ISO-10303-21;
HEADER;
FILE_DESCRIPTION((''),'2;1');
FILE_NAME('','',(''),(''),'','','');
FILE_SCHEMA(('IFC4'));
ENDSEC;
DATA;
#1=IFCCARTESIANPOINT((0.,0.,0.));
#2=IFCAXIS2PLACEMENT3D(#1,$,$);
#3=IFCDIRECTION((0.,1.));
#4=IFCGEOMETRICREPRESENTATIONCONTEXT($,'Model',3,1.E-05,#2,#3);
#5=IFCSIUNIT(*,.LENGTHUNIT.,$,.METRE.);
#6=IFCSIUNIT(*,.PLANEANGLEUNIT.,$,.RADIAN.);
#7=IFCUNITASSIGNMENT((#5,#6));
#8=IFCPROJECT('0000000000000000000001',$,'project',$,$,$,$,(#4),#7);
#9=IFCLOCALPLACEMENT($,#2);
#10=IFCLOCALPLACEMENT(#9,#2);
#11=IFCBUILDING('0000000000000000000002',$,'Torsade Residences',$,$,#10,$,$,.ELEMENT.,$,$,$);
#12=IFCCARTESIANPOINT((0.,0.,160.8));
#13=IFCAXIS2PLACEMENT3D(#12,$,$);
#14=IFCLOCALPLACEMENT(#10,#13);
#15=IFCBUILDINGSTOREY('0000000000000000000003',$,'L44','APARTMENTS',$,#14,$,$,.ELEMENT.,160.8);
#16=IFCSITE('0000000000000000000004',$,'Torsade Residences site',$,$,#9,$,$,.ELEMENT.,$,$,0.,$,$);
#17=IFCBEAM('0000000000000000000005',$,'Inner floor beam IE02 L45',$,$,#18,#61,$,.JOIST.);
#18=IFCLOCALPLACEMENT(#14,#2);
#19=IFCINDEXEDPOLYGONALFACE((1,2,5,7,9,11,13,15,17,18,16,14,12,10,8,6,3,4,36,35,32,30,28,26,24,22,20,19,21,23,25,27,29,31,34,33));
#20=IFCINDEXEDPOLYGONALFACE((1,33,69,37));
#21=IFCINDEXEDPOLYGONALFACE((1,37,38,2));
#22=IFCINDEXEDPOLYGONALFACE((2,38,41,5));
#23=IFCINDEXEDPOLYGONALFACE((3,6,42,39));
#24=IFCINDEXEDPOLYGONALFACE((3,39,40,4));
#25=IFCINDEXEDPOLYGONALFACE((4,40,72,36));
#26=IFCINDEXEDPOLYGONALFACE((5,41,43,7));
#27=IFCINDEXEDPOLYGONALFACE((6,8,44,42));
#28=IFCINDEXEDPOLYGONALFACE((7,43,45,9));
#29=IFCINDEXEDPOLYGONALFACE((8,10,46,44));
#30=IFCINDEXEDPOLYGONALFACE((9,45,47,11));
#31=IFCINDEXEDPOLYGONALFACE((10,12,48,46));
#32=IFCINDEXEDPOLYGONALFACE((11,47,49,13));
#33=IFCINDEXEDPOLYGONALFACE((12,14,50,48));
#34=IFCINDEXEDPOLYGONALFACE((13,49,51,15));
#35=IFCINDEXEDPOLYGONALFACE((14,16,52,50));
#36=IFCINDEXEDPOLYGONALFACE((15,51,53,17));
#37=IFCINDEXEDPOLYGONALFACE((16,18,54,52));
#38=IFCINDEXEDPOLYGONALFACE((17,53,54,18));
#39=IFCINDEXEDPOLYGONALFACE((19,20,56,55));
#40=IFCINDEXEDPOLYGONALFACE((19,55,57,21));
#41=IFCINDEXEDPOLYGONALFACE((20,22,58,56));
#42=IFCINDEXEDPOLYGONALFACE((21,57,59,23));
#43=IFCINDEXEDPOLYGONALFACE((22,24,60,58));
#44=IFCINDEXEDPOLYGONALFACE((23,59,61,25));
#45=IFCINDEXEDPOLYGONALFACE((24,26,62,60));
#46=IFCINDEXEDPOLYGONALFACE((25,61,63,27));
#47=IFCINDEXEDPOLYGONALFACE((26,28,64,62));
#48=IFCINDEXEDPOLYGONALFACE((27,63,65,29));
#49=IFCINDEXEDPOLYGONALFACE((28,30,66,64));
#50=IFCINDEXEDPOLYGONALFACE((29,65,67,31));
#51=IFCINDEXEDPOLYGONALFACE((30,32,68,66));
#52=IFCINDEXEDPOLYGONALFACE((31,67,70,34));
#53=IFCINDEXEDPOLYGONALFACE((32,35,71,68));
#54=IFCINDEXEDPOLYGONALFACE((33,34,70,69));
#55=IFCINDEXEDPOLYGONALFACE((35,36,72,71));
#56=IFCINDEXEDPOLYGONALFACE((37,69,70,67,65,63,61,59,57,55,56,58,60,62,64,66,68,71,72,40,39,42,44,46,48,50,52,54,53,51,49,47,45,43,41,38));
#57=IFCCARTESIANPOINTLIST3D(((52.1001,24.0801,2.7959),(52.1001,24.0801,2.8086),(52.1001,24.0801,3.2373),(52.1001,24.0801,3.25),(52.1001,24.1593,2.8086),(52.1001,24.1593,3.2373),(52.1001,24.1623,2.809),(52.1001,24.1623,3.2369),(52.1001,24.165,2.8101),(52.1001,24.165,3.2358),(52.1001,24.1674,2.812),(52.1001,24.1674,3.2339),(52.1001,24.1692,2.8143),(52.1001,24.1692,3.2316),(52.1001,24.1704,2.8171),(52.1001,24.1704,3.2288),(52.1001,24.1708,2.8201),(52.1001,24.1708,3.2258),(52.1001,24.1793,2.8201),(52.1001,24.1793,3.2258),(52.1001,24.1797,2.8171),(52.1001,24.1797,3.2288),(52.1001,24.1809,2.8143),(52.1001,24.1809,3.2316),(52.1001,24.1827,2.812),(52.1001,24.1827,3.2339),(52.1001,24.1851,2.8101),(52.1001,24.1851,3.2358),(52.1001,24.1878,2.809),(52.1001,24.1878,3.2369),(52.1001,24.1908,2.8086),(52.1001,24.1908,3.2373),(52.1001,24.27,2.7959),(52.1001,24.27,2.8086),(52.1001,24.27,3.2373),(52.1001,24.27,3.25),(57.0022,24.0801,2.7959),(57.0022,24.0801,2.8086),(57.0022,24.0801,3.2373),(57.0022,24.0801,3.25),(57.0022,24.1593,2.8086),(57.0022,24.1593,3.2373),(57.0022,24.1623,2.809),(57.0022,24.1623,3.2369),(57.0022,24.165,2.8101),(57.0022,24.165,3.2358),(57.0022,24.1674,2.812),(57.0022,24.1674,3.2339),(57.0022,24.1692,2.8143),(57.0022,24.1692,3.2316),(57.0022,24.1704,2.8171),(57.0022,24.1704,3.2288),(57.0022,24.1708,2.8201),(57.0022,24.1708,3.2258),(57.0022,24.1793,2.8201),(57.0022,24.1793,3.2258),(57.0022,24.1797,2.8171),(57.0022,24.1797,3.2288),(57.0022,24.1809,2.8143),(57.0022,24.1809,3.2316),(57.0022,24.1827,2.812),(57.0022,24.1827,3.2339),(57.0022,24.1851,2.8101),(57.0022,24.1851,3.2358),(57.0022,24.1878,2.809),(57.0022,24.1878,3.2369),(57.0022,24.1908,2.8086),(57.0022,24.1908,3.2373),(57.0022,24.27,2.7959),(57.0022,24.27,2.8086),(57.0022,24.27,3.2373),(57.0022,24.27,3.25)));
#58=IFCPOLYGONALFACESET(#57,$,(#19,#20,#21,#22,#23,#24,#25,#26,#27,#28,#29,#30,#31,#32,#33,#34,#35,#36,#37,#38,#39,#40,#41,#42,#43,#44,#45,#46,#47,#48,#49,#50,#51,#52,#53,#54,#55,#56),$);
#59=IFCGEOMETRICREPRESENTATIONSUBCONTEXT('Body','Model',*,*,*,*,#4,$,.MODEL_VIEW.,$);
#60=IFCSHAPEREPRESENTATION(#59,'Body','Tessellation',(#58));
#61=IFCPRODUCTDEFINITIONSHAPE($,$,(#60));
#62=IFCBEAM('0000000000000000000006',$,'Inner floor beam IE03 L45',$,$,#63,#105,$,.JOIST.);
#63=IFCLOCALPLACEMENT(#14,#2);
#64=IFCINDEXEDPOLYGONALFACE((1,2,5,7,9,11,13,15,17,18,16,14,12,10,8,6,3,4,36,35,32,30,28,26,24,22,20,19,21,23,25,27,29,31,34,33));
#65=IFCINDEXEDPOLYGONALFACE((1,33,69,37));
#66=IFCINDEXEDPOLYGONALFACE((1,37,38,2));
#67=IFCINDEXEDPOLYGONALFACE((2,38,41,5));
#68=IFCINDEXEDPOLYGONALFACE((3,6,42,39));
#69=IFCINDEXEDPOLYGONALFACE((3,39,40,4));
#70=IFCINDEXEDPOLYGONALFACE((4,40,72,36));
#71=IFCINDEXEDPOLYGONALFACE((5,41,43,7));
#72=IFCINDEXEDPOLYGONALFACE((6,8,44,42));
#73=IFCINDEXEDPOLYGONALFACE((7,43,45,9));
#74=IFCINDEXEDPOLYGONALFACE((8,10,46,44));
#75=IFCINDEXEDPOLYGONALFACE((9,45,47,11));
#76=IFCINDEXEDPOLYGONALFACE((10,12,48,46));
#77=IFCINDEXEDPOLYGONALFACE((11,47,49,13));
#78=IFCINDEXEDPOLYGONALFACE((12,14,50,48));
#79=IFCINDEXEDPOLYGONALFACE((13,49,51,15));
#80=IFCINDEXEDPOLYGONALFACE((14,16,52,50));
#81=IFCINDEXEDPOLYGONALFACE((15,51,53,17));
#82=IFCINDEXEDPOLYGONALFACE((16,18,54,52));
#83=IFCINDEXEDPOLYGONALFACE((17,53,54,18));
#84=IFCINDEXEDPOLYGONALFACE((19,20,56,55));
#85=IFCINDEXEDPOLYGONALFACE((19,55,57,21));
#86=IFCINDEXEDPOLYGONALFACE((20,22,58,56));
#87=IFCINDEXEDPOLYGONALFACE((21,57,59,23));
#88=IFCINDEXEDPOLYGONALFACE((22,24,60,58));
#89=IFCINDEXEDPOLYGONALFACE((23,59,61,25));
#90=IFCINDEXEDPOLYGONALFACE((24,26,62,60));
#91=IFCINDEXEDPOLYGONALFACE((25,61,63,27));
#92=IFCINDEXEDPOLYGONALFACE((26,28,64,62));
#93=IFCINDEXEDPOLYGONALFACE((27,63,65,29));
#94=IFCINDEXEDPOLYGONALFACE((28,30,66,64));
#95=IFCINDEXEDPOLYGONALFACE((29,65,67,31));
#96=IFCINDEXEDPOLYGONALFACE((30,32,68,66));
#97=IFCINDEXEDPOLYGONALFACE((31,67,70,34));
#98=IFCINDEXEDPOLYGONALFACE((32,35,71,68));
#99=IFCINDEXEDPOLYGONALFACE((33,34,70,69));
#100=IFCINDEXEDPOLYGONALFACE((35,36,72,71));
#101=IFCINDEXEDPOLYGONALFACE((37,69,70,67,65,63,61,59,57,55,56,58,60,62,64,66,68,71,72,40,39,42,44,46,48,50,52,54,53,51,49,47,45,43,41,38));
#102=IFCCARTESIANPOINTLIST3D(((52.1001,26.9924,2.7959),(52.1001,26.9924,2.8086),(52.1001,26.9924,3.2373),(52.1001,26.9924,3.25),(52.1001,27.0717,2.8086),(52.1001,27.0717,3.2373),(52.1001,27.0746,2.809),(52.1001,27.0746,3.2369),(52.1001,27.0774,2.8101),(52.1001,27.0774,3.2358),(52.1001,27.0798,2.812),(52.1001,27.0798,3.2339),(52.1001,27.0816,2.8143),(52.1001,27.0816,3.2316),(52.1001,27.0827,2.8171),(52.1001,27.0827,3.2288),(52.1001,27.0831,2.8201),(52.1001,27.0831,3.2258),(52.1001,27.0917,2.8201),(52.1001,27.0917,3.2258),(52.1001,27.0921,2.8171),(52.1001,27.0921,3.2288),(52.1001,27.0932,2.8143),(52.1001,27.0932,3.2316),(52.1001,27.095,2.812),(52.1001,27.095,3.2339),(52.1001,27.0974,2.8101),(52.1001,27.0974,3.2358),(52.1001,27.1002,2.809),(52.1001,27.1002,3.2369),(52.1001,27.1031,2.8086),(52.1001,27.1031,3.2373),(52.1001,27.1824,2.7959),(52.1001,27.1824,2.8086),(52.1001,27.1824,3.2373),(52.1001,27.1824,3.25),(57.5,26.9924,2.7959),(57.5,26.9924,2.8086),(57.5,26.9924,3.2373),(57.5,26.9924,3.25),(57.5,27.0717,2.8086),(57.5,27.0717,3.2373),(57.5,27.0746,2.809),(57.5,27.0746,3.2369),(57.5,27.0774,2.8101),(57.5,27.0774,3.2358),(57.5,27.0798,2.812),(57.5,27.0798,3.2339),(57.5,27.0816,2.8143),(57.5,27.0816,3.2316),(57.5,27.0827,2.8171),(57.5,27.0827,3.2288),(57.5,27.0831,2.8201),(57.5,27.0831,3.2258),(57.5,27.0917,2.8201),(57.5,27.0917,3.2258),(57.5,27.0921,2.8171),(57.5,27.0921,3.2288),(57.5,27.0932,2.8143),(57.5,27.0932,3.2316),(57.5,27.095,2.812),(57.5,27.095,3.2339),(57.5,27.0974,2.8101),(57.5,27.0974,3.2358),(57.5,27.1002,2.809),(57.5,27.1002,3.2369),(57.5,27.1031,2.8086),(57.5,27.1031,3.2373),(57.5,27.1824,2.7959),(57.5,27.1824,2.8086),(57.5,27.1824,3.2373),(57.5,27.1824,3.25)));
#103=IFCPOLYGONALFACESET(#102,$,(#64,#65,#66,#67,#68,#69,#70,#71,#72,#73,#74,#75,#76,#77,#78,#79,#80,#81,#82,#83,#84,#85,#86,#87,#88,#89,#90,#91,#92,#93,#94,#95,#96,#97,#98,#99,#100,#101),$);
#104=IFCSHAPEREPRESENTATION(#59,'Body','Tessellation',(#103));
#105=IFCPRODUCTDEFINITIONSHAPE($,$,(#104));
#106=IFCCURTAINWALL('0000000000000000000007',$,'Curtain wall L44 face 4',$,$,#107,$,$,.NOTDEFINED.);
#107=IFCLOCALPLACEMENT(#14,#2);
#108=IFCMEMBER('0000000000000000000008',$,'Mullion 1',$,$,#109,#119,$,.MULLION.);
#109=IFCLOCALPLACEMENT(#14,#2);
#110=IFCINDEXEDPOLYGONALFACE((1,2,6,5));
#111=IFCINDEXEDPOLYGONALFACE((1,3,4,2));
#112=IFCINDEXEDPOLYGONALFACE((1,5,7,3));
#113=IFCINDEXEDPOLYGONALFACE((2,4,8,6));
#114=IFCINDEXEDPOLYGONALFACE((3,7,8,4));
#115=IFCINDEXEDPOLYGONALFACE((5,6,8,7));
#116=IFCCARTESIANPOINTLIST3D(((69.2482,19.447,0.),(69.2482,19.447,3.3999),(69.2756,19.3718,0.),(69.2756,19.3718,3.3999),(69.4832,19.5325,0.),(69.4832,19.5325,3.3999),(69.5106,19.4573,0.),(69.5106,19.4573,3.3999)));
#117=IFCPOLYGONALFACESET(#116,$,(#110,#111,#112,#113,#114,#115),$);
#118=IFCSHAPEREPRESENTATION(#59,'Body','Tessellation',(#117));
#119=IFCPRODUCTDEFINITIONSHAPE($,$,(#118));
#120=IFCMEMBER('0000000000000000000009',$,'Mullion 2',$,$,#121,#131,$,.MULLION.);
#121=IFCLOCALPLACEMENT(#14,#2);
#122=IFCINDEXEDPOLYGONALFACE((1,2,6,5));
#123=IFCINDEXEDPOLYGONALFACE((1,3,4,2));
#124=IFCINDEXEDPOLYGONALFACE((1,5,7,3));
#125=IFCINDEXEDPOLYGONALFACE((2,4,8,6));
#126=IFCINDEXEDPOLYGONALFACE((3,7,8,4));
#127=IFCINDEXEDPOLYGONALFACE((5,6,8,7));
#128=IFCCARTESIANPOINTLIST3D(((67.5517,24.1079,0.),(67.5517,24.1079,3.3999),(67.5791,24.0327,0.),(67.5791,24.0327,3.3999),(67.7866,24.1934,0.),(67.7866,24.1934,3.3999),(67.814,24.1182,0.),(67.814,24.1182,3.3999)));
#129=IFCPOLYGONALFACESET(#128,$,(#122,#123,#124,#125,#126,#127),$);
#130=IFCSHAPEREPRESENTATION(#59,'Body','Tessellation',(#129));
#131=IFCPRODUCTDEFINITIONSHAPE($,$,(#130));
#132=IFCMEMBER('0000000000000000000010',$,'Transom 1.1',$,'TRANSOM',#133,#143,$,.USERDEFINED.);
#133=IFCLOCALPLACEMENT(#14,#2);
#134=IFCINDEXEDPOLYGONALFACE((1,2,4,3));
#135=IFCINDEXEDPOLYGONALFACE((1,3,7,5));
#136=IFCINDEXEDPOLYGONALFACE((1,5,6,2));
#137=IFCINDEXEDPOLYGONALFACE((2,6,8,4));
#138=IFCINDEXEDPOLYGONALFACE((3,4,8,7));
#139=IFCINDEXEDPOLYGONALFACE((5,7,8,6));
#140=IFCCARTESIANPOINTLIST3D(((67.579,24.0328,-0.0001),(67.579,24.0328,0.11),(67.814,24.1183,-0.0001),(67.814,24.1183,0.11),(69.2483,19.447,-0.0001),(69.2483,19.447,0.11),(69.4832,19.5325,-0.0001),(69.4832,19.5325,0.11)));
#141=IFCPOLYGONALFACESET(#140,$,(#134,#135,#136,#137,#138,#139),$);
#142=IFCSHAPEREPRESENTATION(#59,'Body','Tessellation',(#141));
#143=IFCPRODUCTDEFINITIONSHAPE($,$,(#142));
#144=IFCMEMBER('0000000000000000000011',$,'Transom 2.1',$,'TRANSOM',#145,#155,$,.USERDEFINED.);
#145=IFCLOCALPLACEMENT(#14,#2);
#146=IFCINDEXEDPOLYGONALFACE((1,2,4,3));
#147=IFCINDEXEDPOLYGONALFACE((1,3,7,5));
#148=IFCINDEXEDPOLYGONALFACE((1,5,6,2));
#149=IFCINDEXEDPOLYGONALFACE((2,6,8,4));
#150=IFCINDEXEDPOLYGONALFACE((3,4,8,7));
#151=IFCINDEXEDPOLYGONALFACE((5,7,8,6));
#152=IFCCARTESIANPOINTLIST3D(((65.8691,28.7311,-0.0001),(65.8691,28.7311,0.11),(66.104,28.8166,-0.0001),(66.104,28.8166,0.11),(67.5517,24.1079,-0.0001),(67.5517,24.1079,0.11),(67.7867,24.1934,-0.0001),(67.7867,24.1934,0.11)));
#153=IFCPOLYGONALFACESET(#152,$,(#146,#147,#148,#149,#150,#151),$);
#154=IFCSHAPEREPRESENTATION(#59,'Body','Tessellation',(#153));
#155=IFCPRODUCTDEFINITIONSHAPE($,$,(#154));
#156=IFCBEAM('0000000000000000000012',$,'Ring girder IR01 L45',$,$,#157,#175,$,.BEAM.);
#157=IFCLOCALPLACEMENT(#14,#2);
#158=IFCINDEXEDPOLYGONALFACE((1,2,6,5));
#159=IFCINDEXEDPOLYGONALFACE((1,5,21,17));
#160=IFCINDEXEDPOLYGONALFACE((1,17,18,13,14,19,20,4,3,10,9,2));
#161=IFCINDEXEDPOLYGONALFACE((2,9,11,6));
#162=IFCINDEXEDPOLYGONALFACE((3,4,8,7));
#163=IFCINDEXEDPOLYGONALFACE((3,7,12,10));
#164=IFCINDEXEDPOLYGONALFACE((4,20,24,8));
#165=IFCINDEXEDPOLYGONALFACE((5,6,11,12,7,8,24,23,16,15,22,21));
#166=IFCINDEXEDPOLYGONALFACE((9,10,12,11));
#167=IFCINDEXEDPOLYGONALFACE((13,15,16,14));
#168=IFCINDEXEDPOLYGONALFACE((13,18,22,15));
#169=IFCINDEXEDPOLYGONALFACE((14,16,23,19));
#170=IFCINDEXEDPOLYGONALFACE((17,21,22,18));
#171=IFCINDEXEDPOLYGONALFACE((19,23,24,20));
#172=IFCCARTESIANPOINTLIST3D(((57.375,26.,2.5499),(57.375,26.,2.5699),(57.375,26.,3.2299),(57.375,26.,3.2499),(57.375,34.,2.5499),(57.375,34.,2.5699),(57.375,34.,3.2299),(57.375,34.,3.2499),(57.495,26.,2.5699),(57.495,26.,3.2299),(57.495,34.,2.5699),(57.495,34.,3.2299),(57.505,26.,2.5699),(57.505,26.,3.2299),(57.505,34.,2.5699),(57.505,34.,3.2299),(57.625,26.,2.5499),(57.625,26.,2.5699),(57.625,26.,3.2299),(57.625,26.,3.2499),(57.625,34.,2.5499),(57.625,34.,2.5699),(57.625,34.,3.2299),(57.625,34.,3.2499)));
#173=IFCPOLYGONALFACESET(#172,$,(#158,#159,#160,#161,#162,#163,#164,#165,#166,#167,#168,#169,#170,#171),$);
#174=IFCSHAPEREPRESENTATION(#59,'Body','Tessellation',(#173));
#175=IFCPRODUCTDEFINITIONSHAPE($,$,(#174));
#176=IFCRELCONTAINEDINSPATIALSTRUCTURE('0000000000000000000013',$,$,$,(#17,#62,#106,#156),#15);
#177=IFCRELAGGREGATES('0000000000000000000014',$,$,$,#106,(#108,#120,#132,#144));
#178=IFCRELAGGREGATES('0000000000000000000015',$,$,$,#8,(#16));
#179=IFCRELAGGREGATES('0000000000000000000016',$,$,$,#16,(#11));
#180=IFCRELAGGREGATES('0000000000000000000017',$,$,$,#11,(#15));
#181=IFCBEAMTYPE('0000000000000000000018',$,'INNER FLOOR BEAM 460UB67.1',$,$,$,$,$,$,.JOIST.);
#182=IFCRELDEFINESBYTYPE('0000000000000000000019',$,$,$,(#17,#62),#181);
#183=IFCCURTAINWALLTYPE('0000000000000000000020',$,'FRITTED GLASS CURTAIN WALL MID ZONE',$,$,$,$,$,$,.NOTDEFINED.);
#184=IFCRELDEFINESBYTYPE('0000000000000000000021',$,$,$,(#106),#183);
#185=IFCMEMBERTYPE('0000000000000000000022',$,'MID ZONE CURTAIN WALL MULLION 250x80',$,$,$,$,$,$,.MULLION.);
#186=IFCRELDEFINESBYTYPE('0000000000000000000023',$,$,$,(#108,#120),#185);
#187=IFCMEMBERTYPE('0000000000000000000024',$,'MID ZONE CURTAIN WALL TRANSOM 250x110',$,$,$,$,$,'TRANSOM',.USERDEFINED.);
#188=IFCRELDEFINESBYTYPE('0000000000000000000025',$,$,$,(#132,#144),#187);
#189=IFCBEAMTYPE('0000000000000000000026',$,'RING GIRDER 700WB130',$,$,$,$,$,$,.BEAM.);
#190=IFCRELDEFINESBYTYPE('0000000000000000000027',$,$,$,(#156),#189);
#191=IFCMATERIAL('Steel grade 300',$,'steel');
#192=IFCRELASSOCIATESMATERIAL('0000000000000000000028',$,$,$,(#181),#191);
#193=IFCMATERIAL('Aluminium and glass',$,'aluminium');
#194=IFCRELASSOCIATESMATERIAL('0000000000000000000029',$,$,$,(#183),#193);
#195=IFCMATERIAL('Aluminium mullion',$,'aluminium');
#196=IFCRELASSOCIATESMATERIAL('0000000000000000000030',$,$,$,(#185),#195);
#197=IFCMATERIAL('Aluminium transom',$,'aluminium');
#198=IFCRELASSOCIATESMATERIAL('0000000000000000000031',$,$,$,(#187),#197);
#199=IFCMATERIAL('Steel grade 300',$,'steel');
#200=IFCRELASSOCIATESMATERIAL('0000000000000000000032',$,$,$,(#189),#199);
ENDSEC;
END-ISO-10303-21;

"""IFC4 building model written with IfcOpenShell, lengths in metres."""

from ifc_helpers import new_model, si_unit, direction, frame, origin, origin_2d, place, context, subcontext, project, spatial, rectangle, i_section, extrude, material, material_profile, profile_set, type_object, element, aggregate, save


model = new_model("IFC4")

# Units and contexts
model_context = context("Model", 3, precision=1e-05, world=origin(), true_north=direction((0.0, 1.0)))
body_context = subcontext(model_context, "Body", "Model", "MODEL_VIEW")
ifc_project = project(units=[si_unit("LENGTHUNIT", "METRE"), si_unit("PLANEANGLEUNIT", "RADIAN")], contexts=[model_context])

# Site, building, storey
site_placement = place(None, origin())
site = spatial("IfcSite", under=ifc_project, at=site_placement, Name="Torsade Residences site", CompositionType="ELEMENT", RefElevation=0.0)
building_placement = place(site_placement, origin())
building = spatial("IfcBuilding", under=site, at=building_placement, Name="Torsade Residences", CompositionType="ELEMENT")
storey_placement = place(building_placement, frame((0.0, 0.0, 160.8)))
storey = spatial("IfcBuildingStorey", under=building, at=storey_placement, Name="L44", Description="APARTMENTS", CompositionType="ELEMENT", Elevation=160.8)

# Beams
ifc_material_1 = material(Name="Steel grade 300", Category="steel")
ifc_material_profile_1 = material_profile(ifc_material_1, i_section(OverallWidth=0.1899, OverallDepth=0.4541, WebThickness=0.0085, FlangeThickness=0.0127, FilletRadius=0.0115, at=origin_2d()), Name="460UB67.1")
ifc_profile_set_1 = profile_set([ifc_material_profile_1], Name="Steel grade 300")
beam_type_1 = type_object("IfcBeamType", Name="INNER FLOOR BEAM 460UB67.1", PredefinedType="JOIST", material=ifc_profile_set_1)
beam_1_placement = place(storey_placement, frame((52.1001, 24.175, 3.0229), z_axis=(1.0, 0.0, 0.0), x_axis=(0.0, 1.0, 0.0)))
element("IfcBeam", 1, at=beam_1_placement, inside=storey, type_object=beam_type_1, Name="Inner floor beam IE02 L45", PredefinedType="JOIST", context=body_context, shape_type="SweptSolid", body=[
    extrude(i_section(OverallWidth=0.1899, OverallDepth=0.4541, WebThickness=0.0085, FlangeThickness=0.0127, FilletRadius=0.0115, at=origin_2d()), origin(), (0.0, 0.0, 1.0), 4.9021),
])
beam_2_placement = place(storey_placement, frame((52.1001, 27.0874, 3.0229), z_axis=(1.0, 0.0, 0.0), x_axis=(0.0, 1.0, 0.0)))
element("IfcBeam", 2, at=beam_2_placement, inside=storey, type_object=beam_type_1, Name="Inner floor beam IE03 L45", PredefinedType="JOIST", context=body_context, shape_type="SweptSolid", body=[
    extrude(i_section(OverallWidth=0.1899, OverallDepth=0.4541, WebThickness=0.0085, FlangeThickness=0.0127, FilletRadius=0.0115, at=origin_2d()), origin(), (0.0, 0.0, 1.0), 5.3999),
])

# Curtain wall, members
ifc_material_2 = material(Name="Aluminium and glass", Category="aluminium")
curtain_wall_type = type_object("IfcCurtainWallType", Name="FRITTED GLASS CURTAIN WALL MID ZONE", PredefinedType="NOTDEFINED", material=ifc_material_2)
curtain_wall_placement = place(storey_placement, origin())
curtain_wall = element("IfcCurtainWall", 3, at=curtain_wall_placement, inside=storey, type_object=curtain_wall_type, Name="Curtain wall L44 face 4", PredefinedType="NOTDEFINED")
ifc_material_3 = material(Name="Aluminium mullion", Category="aluminium")
ifc_material_profile_2 = material_profile(ifc_material_3, rectangle(XDim=0.25, YDim=0.0801, at=origin_2d()), Name="MID ZONE CURTAIN WALL MULLION 250x80")
ifc_profile_set_2 = profile_set([ifc_material_profile_2], Name="Aluminium mullion")
member_type_1 = type_object("IfcMemberType", Name="MID ZONE CURTAIN WALL MULLION 250x80", PredefinedType="MULLION", material=ifc_profile_set_2)
member_1_placement = place(storey_placement, frame((69.3794, 19.4521, 0.0), z_axis=(0.0, 0.0, 1.0), x_axis=(-0.939693, -0.34202, 0.0)))
member_1 = element("IfcMember", 4, at=member_1_placement, type_object=member_type_1, Name="Mullion 1", PredefinedType="MULLION", context=body_context, shape_type="SweptSolid", body=[
    extrude(rectangle(XDim=0.25, YDim=0.0801, at=origin_2d()), origin(), (0.0, 0.0, 1.0), 3.3999),
])
member_2_placement = place(storey_placement, frame((67.6829, 24.113, 0.0), z_axis=(0.0, 0.0, 1.0), x_axis=(-0.939693, -0.34202, 0.0)))
member_2 = element("IfcMember", 5, at=member_2_placement, type_object=member_type_1, Name="Mullion 2", PredefinedType="MULLION", context=body_context, shape_type="SweptSolid", body=[
    extrude(rectangle(XDim=0.25, YDim=0.0801, at=origin_2d()), origin(), (0.0, 0.0, 1.0), 3.3999),
])
ifc_material_4 = material(Name="Aluminium transom", Category="aluminium")
ifc_material_profile_3 = material_profile(ifc_material_4, rectangle(XDim=0.25, YDim=0.1101, at=origin_2d()), Name="MID ZONE CURTAIN WALL TRANSOM 250x110")
ifc_profile_set_3 = profile_set([ifc_material_profile_3], Name="Aluminium transom")
member_type_2 = type_object("IfcMemberType", Name="MID ZONE CURTAIN WALL TRANSOM 250x110", ElementType="TRANSOM", PredefinedType="USERDEFINED", material=ifc_profile_set_3)
member_3_placement = place(storey_placement, frame((69.3657, 19.4897, 0.0549), z_axis=(-0.342044, 0.939684, 0.0), x_axis=(-0.939684, -0.342044, 0.0)))
member_3 = element("IfcMember", 6, at=member_3_placement, type_object=member_type_2, Name="Transom 1.1", ObjectType="TRANSOM", PredefinedType="USERDEFINED", context=body_context, shape_type="SweptSolid", body=[
    extrude(rectangle(XDim=0.25, YDim=0.1101, at=origin_2d()), origin(), (0.0, 0.0, 1.0), 4.8801),
])
member_4_placement = place(storey_placement, frame((67.6692, 24.1506, 0.0549), z_axis=(-0.341998, 0.939701, 0.0), x_axis=(-0.939701, -0.341998, 0.0)))
member_4 = element("IfcMember", 7, at=member_4_placement, type_object=member_type_2, Name="Transom 2.1", ObjectType="TRANSOM", PredefinedType="USERDEFINED", context=body_context, shape_type="SweptSolid", body=[
    extrude(rectangle(XDim=0.25, YDim=0.1101, at=origin_2d()), origin(), (0.0, 0.0, 1.0), 4.9199),
])

# Beam
ifc_material_5 = material(Name="Steel grade 300", Category="steel")
ifc_material_profile_4 = material_profile(ifc_material_5, i_section(OverallWidth=0.25, OverallDepth=0.7, WebThickness=0.01, FlangeThickness=0.02, at=origin_2d()), Name="700WB130")
ifc_profile_set_4 = profile_set([ifc_material_profile_4], Name="Steel grade 300")
beam_type_2 = type_object("IfcBeamType", Name="RING GIRDER 700WB130", PredefinedType="BEAM", material=ifc_profile_set_4)
beam_3_placement = place(storey_placement, frame((57.5, 26.0, 2.8999), z_axis=(0.0, 1.0, 0.0), x_axis=(-1.0, 0.0, 0.0)))
element("IfcBeam", 8, at=beam_3_placement, inside=storey, type_object=beam_type_2, Name="Ring girder IR01 L45", PredefinedType="BEAM", context=body_context, shape_type="SweptSolid", body=[
    extrude(i_section(OverallWidth=0.25, OverallDepth=0.7, WebThickness=0.01, FlangeThickness=0.02, at=origin_2d()), origin(), (0.0, 0.0, 1.0), 8.0),
])

aggregate(curtain_wall, [member_1, member_2, member_3, member_4])

save(model, "model.ifc")
